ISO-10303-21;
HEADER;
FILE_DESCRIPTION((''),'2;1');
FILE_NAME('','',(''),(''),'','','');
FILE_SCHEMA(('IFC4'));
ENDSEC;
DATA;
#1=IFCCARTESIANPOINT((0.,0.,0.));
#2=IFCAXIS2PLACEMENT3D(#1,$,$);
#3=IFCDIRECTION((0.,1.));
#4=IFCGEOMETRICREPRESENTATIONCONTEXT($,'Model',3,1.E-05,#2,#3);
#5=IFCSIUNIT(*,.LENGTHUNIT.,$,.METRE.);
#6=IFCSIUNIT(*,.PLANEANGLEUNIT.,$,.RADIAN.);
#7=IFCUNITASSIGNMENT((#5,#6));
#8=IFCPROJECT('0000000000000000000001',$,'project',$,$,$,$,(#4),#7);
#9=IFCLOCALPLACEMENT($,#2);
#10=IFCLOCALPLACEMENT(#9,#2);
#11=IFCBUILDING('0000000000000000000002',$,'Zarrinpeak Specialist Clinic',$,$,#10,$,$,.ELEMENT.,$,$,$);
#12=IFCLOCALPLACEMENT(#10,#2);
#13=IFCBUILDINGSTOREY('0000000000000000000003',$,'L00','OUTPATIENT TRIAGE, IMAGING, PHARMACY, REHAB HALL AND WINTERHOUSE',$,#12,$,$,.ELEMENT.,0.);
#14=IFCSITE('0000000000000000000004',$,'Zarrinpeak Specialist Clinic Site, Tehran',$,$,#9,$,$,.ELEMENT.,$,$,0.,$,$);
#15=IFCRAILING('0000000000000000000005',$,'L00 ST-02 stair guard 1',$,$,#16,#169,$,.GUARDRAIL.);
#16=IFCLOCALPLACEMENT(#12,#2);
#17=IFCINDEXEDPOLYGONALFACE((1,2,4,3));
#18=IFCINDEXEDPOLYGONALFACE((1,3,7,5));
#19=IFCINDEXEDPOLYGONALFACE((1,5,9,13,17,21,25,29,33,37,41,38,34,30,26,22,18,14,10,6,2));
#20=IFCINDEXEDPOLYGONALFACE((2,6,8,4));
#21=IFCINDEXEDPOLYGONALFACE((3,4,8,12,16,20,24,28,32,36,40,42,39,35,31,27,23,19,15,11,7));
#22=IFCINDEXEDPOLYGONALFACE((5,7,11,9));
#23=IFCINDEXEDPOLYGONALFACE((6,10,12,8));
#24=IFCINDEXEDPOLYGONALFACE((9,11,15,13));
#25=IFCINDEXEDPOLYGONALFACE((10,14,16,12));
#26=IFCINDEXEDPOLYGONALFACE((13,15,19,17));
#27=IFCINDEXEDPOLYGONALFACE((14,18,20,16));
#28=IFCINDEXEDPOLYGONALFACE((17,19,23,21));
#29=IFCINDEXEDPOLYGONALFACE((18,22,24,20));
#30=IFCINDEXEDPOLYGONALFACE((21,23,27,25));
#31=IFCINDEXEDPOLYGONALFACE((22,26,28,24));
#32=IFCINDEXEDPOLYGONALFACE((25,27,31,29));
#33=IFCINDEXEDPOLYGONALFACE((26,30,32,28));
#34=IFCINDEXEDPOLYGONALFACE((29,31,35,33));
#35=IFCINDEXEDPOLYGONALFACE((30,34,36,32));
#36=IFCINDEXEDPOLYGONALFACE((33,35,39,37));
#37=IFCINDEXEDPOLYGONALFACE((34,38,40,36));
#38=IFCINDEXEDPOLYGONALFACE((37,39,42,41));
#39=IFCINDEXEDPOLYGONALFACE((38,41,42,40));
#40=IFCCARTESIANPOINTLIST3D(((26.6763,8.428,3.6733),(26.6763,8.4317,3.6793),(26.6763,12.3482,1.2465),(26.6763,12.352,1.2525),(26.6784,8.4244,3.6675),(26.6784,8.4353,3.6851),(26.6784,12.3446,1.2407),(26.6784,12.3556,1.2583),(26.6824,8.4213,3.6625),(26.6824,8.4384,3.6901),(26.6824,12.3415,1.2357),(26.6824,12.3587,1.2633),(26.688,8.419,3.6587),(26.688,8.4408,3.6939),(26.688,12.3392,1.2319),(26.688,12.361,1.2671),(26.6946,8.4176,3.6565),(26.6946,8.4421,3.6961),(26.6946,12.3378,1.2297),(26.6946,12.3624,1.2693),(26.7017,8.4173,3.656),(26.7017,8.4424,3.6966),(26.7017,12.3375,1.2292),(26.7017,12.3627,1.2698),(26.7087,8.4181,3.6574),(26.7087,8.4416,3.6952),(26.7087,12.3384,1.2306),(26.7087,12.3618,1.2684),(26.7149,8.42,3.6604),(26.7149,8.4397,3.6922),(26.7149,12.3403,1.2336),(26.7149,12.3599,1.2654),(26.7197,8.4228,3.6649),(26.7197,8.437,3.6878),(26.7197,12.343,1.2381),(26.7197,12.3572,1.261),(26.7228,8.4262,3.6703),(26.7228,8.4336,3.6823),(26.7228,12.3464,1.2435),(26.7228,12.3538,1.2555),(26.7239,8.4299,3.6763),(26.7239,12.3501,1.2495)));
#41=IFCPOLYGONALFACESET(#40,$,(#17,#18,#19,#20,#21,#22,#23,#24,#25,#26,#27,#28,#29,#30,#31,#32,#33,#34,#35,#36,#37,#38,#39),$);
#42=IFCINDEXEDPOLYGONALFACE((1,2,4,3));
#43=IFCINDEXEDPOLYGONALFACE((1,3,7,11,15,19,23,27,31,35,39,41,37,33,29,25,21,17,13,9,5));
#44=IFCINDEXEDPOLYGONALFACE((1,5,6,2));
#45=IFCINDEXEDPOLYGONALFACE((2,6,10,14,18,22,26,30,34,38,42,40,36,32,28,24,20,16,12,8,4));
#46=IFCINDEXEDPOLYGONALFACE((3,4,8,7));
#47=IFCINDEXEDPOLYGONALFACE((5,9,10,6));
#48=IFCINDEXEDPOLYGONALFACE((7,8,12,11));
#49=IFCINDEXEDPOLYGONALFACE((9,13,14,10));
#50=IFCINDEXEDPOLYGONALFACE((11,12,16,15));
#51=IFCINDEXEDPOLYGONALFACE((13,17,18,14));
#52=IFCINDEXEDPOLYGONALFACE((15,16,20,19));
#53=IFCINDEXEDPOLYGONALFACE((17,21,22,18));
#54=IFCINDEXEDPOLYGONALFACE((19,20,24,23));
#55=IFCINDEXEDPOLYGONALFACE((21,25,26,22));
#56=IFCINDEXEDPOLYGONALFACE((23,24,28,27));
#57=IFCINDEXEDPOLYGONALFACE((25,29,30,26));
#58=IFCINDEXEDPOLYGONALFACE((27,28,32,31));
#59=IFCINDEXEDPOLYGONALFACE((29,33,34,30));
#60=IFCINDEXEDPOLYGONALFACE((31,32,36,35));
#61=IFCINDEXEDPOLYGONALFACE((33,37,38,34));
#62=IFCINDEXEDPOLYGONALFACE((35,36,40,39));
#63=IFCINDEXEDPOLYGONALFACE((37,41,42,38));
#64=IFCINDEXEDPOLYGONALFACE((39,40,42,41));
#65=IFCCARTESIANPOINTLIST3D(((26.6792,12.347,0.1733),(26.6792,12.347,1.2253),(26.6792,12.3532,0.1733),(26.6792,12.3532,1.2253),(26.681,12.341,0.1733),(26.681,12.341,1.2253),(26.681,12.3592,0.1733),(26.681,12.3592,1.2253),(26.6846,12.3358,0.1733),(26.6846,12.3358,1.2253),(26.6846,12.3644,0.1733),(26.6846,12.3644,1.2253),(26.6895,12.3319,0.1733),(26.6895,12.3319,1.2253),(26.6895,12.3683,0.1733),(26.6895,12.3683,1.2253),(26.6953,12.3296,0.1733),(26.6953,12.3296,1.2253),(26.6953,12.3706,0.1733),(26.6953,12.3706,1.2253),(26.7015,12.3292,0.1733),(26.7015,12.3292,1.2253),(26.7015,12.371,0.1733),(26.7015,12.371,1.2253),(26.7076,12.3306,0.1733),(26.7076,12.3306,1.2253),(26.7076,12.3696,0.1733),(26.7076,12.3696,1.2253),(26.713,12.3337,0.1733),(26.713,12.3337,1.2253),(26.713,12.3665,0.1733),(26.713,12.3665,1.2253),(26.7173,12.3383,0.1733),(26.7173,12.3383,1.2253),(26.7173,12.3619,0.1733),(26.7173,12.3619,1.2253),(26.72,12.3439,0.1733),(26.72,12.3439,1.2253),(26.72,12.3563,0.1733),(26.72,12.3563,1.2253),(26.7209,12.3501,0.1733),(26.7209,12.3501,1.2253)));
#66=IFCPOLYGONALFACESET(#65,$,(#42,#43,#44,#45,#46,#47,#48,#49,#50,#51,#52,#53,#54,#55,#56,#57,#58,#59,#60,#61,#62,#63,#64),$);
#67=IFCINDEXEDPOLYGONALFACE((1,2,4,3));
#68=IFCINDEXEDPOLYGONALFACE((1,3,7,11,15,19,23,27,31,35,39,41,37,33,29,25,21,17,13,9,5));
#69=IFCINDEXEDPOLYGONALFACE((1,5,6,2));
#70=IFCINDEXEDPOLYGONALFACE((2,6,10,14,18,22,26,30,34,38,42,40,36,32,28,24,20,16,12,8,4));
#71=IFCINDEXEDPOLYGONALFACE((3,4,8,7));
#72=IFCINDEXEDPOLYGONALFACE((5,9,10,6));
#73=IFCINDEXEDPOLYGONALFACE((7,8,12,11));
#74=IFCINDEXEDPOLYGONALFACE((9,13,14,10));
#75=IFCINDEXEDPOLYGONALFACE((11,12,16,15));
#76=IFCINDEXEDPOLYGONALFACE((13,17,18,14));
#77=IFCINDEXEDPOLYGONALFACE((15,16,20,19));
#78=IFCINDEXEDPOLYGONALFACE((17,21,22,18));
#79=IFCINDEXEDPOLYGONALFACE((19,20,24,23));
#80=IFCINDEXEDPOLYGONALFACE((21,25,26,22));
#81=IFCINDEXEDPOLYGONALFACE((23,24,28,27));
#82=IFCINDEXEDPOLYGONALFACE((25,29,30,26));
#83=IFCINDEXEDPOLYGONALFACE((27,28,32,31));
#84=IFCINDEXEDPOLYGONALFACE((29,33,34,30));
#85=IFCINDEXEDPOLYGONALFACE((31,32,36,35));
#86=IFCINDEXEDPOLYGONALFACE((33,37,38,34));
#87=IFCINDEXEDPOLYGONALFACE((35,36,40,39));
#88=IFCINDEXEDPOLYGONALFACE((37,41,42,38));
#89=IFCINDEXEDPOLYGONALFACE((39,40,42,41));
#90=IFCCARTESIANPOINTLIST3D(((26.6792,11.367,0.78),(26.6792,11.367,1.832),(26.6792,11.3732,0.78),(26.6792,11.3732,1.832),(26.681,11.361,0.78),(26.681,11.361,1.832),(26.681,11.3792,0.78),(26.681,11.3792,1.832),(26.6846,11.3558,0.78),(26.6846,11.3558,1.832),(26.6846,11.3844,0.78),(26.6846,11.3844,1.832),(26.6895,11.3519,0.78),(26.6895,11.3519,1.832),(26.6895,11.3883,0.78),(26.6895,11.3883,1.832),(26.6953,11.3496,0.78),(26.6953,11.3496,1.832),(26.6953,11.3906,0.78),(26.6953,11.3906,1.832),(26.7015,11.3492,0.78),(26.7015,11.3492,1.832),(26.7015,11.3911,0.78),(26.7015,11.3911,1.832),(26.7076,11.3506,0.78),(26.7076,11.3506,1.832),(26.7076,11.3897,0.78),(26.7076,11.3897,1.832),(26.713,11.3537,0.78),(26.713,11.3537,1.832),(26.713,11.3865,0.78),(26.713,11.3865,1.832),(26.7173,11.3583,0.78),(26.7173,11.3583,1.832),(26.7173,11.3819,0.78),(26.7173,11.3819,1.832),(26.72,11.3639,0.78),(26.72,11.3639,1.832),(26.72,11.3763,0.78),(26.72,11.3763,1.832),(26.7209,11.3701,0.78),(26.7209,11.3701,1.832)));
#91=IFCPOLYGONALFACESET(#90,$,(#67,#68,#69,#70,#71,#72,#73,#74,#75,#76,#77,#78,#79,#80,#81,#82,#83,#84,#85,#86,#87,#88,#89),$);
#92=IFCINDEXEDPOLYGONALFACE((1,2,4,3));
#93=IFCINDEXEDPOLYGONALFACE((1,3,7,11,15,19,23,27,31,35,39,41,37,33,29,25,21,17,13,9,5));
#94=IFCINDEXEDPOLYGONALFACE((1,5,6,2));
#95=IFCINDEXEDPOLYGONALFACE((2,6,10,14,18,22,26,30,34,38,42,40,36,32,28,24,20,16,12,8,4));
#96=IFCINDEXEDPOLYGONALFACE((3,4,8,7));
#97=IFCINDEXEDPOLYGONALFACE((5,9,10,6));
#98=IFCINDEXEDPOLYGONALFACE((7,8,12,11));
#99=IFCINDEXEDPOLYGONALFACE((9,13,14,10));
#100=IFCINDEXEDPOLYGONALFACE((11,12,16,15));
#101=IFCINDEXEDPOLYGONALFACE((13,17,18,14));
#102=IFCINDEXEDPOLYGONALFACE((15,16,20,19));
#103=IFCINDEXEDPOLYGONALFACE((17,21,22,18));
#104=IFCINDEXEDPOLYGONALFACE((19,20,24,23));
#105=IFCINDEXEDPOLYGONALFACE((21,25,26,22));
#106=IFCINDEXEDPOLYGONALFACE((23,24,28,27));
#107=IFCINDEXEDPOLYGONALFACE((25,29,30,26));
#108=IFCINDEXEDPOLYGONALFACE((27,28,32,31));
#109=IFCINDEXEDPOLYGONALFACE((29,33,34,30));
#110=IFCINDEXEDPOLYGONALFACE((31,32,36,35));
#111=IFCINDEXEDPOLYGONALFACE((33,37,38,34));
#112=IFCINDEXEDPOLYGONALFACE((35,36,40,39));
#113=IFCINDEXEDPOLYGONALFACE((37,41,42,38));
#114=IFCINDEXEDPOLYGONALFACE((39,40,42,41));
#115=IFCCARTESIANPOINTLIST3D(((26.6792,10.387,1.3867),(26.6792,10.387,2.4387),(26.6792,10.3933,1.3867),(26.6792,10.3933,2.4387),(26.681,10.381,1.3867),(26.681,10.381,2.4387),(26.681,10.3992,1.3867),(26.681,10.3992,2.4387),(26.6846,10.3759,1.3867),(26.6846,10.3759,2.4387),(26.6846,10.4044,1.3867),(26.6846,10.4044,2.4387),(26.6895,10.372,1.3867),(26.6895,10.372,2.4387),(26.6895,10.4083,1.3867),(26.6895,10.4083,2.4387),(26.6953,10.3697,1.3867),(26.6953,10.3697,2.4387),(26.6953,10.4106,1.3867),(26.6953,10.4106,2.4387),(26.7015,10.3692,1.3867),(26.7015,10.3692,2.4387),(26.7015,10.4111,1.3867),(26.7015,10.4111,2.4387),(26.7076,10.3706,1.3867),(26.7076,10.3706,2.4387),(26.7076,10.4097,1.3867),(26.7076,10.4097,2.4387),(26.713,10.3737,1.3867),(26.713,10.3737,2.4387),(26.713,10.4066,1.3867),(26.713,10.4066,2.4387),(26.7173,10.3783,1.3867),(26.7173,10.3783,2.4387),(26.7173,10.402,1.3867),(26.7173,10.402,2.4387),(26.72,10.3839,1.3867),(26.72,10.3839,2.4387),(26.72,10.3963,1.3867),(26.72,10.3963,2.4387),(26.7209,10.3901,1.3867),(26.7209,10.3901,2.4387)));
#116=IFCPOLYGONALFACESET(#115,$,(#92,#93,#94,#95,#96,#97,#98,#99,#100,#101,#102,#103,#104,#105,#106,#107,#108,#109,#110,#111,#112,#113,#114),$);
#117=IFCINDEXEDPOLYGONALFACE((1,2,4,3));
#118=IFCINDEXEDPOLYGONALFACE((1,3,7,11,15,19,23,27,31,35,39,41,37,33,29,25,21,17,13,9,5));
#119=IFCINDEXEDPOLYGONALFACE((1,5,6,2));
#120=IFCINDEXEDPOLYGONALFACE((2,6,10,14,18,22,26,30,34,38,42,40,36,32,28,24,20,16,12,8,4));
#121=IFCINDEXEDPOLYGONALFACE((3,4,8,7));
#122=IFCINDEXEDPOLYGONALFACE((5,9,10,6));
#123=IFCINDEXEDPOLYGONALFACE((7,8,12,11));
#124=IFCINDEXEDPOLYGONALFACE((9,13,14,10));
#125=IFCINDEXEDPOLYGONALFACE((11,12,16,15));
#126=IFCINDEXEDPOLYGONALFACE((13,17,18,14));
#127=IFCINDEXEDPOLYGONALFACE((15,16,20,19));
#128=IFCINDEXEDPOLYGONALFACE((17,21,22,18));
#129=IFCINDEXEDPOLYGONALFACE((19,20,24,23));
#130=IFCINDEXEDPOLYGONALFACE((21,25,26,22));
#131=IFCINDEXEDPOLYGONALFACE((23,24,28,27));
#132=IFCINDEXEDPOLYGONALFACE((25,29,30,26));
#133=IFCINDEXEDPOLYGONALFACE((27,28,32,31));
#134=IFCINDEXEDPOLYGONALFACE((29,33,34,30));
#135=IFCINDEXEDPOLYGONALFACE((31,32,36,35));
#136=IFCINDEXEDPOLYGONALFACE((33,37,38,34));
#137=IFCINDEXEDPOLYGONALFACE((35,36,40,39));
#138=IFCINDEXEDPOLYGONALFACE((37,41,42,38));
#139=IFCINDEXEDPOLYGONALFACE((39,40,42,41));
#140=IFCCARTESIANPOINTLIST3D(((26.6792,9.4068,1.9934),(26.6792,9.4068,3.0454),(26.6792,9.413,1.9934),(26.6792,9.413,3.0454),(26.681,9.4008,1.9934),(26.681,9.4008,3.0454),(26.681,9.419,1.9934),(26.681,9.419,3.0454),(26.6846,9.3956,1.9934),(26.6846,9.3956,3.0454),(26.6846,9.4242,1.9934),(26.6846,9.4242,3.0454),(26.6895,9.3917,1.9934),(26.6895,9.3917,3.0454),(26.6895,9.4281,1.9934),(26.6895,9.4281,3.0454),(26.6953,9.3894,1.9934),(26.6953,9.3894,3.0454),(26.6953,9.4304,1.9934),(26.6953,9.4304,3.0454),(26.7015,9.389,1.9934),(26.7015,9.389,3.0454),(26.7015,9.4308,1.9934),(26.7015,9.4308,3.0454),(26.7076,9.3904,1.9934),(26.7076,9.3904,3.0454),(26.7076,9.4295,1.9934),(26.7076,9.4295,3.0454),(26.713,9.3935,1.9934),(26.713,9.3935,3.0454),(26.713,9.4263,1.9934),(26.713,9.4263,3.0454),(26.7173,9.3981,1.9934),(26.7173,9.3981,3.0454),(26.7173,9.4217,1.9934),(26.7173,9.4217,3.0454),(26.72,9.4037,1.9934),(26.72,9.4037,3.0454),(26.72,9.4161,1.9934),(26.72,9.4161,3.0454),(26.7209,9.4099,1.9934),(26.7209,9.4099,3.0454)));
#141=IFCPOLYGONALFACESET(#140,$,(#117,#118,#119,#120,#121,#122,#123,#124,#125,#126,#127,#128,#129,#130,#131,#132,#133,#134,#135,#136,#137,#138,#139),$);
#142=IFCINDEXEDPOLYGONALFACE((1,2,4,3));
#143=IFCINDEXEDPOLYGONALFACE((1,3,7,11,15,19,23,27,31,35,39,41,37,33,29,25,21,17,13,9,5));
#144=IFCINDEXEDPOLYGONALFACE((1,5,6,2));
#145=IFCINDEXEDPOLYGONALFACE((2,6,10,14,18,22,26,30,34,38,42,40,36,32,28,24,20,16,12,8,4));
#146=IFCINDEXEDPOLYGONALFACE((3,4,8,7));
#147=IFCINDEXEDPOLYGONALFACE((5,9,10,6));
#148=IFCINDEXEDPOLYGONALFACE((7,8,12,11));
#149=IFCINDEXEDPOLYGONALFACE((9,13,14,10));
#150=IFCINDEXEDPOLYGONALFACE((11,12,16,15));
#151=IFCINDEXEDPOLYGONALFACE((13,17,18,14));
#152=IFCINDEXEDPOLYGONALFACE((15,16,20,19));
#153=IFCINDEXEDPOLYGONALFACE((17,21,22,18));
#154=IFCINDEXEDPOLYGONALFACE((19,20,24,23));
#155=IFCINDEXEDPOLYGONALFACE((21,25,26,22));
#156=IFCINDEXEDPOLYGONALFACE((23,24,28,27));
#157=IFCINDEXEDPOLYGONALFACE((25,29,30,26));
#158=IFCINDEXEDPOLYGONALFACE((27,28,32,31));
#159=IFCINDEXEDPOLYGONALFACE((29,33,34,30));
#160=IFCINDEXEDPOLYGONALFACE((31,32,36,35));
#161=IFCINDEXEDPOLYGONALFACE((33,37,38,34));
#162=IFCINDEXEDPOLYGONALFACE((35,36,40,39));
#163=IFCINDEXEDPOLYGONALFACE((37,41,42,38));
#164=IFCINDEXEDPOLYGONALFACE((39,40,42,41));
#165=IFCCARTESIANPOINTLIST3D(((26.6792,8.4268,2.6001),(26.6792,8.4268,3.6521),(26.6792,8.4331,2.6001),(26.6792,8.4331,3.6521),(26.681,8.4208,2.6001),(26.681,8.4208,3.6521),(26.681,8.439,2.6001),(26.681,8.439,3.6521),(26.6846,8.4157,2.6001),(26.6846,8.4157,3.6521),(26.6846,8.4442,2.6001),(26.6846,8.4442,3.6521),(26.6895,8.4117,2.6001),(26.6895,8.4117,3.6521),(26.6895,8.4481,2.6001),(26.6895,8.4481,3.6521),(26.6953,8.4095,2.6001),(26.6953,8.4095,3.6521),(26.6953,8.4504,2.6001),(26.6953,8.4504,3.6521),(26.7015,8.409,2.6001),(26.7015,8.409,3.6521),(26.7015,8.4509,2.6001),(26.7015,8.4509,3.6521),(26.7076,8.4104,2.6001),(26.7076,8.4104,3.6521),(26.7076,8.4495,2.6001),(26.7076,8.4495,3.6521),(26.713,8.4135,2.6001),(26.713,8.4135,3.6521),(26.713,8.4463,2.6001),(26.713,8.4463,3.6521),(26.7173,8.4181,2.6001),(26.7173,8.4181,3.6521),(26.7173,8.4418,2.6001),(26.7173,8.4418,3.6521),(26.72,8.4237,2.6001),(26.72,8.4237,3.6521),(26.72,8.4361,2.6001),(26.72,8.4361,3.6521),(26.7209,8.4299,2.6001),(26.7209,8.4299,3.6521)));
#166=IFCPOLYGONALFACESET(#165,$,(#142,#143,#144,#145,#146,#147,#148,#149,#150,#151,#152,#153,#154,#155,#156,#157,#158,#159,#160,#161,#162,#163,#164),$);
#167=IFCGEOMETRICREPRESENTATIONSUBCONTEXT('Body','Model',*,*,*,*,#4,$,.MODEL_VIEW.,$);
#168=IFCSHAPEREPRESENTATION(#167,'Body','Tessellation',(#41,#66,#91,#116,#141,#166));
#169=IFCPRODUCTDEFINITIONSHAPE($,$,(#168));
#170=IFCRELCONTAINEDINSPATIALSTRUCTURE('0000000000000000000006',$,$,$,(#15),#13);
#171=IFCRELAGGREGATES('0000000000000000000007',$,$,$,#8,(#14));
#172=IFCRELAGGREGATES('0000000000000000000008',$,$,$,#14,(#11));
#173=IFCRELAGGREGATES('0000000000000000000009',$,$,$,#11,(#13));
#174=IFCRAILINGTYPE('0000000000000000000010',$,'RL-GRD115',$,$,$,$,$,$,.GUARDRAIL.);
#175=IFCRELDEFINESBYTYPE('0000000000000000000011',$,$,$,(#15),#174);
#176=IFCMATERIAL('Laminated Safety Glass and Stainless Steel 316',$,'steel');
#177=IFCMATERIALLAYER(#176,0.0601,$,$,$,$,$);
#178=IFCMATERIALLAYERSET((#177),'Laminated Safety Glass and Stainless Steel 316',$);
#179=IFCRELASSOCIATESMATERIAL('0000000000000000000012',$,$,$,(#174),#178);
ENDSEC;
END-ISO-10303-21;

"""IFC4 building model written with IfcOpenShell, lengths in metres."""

from ifc_helpers import new_model, si_unit, direction, frame, origin, origin_2d, place, context, subcontext, project, spatial, circle, extrude, material, layer, layer_set, type_object, element, save


model = new_model("IFC4")

# Units and contexts
model_context = context("Model", 3, precision=1e-05, world=origin(), true_north=direction((0.0, 1.0)))
body_context = subcontext(model_context, "Body", "Model", "MODEL_VIEW")
ifc_project = project(units=[si_unit("LENGTHUNIT", "METRE"), si_unit("PLANEANGLEUNIT", "RADIAN")], contexts=[model_context])

# Site, building, storey
site_placement = place(None, origin())
site = spatial("IfcSite", under=ifc_project, at=site_placement, Name="Zarrinpeak Specialist Clinic Site, Tehran", CompositionType="ELEMENT", RefElevation=0.0)
building_placement = place(site_placement, origin())
building = spatial("IfcBuilding", under=site, at=building_placement, Name="Zarrinpeak Specialist Clinic", CompositionType="ELEMENT")
storey_placement = place(building_placement, origin())
storey = spatial("IfcBuildingStorey", under=building, at=storey_placement, Name="L00", Description="OUTPATIENT TRIAGE, IMAGING, PHARMACY, REHAB HALL AND WINTERHOUSE", CompositionType="ELEMENT", Elevation=0.0)

# Railing
ifc_material_1 = material(Name="Laminated Safety Glass and Stainless Steel 316", Category="steel")
ifc_layer_1 = layer(ifc_material_1, 0.0601)
ifc_layer_set_1 = layer_set([ifc_layer_1], Name="Laminated Safety Glass and Stainless Steel 316")
railing_type_1 = type_object("IfcRailingType", Name="RL-GRD115", PredefinedType="GUARDRAIL", material=ifc_layer_set_1)
railing_1_placement = place(storey_placement, frame((26.7, 12.3501, 0.1733)))
element("IfcRailing", 1, at=railing_1_placement, inside=storey, type_object=railing_type_1, Name="L00 ST-02 stair guard 1", PredefinedType="GUARDRAIL", context=body_context, shape_type="SweptSolid", body=[
    extrude(circle(Radius=0.0239, at=origin_2d()), frame((0.0, 0.0, 1.0762), z_axis=(0.0, -0.850266, 0.526353), x_axis=(1.0, 0.0, 0.0)), (0.0, 0.0, 1.0), 4.6106),
    extrude(circle(Radius=0.021, at=origin_2d()), origin(), (0.0, 0.0, 1.0), 1.052),
    extrude(circle(Radius=0.021, at=origin_2d()), frame((0.0, -0.98, 0.6067)), (0.0, 0.0, 1.0), 1.052),
    extrude(circle(Radius=0.021, at=origin_2d()), frame((0.0, -1.96, 1.2134)), (0.0, 0.0, 1.0), 1.052),
    extrude(circle(Radius=0.021, at=origin_2d()), frame((0.0, -2.9402, 1.8201)), (0.0, 0.0, 1.0), 1.052),
    extrude(circle(Radius=0.021, at=origin_2d()), frame((0.0, -3.9202, 2.4268)), (0.0, 0.0, 1.0), 1.052),
])

save(model, "model.ifc")
